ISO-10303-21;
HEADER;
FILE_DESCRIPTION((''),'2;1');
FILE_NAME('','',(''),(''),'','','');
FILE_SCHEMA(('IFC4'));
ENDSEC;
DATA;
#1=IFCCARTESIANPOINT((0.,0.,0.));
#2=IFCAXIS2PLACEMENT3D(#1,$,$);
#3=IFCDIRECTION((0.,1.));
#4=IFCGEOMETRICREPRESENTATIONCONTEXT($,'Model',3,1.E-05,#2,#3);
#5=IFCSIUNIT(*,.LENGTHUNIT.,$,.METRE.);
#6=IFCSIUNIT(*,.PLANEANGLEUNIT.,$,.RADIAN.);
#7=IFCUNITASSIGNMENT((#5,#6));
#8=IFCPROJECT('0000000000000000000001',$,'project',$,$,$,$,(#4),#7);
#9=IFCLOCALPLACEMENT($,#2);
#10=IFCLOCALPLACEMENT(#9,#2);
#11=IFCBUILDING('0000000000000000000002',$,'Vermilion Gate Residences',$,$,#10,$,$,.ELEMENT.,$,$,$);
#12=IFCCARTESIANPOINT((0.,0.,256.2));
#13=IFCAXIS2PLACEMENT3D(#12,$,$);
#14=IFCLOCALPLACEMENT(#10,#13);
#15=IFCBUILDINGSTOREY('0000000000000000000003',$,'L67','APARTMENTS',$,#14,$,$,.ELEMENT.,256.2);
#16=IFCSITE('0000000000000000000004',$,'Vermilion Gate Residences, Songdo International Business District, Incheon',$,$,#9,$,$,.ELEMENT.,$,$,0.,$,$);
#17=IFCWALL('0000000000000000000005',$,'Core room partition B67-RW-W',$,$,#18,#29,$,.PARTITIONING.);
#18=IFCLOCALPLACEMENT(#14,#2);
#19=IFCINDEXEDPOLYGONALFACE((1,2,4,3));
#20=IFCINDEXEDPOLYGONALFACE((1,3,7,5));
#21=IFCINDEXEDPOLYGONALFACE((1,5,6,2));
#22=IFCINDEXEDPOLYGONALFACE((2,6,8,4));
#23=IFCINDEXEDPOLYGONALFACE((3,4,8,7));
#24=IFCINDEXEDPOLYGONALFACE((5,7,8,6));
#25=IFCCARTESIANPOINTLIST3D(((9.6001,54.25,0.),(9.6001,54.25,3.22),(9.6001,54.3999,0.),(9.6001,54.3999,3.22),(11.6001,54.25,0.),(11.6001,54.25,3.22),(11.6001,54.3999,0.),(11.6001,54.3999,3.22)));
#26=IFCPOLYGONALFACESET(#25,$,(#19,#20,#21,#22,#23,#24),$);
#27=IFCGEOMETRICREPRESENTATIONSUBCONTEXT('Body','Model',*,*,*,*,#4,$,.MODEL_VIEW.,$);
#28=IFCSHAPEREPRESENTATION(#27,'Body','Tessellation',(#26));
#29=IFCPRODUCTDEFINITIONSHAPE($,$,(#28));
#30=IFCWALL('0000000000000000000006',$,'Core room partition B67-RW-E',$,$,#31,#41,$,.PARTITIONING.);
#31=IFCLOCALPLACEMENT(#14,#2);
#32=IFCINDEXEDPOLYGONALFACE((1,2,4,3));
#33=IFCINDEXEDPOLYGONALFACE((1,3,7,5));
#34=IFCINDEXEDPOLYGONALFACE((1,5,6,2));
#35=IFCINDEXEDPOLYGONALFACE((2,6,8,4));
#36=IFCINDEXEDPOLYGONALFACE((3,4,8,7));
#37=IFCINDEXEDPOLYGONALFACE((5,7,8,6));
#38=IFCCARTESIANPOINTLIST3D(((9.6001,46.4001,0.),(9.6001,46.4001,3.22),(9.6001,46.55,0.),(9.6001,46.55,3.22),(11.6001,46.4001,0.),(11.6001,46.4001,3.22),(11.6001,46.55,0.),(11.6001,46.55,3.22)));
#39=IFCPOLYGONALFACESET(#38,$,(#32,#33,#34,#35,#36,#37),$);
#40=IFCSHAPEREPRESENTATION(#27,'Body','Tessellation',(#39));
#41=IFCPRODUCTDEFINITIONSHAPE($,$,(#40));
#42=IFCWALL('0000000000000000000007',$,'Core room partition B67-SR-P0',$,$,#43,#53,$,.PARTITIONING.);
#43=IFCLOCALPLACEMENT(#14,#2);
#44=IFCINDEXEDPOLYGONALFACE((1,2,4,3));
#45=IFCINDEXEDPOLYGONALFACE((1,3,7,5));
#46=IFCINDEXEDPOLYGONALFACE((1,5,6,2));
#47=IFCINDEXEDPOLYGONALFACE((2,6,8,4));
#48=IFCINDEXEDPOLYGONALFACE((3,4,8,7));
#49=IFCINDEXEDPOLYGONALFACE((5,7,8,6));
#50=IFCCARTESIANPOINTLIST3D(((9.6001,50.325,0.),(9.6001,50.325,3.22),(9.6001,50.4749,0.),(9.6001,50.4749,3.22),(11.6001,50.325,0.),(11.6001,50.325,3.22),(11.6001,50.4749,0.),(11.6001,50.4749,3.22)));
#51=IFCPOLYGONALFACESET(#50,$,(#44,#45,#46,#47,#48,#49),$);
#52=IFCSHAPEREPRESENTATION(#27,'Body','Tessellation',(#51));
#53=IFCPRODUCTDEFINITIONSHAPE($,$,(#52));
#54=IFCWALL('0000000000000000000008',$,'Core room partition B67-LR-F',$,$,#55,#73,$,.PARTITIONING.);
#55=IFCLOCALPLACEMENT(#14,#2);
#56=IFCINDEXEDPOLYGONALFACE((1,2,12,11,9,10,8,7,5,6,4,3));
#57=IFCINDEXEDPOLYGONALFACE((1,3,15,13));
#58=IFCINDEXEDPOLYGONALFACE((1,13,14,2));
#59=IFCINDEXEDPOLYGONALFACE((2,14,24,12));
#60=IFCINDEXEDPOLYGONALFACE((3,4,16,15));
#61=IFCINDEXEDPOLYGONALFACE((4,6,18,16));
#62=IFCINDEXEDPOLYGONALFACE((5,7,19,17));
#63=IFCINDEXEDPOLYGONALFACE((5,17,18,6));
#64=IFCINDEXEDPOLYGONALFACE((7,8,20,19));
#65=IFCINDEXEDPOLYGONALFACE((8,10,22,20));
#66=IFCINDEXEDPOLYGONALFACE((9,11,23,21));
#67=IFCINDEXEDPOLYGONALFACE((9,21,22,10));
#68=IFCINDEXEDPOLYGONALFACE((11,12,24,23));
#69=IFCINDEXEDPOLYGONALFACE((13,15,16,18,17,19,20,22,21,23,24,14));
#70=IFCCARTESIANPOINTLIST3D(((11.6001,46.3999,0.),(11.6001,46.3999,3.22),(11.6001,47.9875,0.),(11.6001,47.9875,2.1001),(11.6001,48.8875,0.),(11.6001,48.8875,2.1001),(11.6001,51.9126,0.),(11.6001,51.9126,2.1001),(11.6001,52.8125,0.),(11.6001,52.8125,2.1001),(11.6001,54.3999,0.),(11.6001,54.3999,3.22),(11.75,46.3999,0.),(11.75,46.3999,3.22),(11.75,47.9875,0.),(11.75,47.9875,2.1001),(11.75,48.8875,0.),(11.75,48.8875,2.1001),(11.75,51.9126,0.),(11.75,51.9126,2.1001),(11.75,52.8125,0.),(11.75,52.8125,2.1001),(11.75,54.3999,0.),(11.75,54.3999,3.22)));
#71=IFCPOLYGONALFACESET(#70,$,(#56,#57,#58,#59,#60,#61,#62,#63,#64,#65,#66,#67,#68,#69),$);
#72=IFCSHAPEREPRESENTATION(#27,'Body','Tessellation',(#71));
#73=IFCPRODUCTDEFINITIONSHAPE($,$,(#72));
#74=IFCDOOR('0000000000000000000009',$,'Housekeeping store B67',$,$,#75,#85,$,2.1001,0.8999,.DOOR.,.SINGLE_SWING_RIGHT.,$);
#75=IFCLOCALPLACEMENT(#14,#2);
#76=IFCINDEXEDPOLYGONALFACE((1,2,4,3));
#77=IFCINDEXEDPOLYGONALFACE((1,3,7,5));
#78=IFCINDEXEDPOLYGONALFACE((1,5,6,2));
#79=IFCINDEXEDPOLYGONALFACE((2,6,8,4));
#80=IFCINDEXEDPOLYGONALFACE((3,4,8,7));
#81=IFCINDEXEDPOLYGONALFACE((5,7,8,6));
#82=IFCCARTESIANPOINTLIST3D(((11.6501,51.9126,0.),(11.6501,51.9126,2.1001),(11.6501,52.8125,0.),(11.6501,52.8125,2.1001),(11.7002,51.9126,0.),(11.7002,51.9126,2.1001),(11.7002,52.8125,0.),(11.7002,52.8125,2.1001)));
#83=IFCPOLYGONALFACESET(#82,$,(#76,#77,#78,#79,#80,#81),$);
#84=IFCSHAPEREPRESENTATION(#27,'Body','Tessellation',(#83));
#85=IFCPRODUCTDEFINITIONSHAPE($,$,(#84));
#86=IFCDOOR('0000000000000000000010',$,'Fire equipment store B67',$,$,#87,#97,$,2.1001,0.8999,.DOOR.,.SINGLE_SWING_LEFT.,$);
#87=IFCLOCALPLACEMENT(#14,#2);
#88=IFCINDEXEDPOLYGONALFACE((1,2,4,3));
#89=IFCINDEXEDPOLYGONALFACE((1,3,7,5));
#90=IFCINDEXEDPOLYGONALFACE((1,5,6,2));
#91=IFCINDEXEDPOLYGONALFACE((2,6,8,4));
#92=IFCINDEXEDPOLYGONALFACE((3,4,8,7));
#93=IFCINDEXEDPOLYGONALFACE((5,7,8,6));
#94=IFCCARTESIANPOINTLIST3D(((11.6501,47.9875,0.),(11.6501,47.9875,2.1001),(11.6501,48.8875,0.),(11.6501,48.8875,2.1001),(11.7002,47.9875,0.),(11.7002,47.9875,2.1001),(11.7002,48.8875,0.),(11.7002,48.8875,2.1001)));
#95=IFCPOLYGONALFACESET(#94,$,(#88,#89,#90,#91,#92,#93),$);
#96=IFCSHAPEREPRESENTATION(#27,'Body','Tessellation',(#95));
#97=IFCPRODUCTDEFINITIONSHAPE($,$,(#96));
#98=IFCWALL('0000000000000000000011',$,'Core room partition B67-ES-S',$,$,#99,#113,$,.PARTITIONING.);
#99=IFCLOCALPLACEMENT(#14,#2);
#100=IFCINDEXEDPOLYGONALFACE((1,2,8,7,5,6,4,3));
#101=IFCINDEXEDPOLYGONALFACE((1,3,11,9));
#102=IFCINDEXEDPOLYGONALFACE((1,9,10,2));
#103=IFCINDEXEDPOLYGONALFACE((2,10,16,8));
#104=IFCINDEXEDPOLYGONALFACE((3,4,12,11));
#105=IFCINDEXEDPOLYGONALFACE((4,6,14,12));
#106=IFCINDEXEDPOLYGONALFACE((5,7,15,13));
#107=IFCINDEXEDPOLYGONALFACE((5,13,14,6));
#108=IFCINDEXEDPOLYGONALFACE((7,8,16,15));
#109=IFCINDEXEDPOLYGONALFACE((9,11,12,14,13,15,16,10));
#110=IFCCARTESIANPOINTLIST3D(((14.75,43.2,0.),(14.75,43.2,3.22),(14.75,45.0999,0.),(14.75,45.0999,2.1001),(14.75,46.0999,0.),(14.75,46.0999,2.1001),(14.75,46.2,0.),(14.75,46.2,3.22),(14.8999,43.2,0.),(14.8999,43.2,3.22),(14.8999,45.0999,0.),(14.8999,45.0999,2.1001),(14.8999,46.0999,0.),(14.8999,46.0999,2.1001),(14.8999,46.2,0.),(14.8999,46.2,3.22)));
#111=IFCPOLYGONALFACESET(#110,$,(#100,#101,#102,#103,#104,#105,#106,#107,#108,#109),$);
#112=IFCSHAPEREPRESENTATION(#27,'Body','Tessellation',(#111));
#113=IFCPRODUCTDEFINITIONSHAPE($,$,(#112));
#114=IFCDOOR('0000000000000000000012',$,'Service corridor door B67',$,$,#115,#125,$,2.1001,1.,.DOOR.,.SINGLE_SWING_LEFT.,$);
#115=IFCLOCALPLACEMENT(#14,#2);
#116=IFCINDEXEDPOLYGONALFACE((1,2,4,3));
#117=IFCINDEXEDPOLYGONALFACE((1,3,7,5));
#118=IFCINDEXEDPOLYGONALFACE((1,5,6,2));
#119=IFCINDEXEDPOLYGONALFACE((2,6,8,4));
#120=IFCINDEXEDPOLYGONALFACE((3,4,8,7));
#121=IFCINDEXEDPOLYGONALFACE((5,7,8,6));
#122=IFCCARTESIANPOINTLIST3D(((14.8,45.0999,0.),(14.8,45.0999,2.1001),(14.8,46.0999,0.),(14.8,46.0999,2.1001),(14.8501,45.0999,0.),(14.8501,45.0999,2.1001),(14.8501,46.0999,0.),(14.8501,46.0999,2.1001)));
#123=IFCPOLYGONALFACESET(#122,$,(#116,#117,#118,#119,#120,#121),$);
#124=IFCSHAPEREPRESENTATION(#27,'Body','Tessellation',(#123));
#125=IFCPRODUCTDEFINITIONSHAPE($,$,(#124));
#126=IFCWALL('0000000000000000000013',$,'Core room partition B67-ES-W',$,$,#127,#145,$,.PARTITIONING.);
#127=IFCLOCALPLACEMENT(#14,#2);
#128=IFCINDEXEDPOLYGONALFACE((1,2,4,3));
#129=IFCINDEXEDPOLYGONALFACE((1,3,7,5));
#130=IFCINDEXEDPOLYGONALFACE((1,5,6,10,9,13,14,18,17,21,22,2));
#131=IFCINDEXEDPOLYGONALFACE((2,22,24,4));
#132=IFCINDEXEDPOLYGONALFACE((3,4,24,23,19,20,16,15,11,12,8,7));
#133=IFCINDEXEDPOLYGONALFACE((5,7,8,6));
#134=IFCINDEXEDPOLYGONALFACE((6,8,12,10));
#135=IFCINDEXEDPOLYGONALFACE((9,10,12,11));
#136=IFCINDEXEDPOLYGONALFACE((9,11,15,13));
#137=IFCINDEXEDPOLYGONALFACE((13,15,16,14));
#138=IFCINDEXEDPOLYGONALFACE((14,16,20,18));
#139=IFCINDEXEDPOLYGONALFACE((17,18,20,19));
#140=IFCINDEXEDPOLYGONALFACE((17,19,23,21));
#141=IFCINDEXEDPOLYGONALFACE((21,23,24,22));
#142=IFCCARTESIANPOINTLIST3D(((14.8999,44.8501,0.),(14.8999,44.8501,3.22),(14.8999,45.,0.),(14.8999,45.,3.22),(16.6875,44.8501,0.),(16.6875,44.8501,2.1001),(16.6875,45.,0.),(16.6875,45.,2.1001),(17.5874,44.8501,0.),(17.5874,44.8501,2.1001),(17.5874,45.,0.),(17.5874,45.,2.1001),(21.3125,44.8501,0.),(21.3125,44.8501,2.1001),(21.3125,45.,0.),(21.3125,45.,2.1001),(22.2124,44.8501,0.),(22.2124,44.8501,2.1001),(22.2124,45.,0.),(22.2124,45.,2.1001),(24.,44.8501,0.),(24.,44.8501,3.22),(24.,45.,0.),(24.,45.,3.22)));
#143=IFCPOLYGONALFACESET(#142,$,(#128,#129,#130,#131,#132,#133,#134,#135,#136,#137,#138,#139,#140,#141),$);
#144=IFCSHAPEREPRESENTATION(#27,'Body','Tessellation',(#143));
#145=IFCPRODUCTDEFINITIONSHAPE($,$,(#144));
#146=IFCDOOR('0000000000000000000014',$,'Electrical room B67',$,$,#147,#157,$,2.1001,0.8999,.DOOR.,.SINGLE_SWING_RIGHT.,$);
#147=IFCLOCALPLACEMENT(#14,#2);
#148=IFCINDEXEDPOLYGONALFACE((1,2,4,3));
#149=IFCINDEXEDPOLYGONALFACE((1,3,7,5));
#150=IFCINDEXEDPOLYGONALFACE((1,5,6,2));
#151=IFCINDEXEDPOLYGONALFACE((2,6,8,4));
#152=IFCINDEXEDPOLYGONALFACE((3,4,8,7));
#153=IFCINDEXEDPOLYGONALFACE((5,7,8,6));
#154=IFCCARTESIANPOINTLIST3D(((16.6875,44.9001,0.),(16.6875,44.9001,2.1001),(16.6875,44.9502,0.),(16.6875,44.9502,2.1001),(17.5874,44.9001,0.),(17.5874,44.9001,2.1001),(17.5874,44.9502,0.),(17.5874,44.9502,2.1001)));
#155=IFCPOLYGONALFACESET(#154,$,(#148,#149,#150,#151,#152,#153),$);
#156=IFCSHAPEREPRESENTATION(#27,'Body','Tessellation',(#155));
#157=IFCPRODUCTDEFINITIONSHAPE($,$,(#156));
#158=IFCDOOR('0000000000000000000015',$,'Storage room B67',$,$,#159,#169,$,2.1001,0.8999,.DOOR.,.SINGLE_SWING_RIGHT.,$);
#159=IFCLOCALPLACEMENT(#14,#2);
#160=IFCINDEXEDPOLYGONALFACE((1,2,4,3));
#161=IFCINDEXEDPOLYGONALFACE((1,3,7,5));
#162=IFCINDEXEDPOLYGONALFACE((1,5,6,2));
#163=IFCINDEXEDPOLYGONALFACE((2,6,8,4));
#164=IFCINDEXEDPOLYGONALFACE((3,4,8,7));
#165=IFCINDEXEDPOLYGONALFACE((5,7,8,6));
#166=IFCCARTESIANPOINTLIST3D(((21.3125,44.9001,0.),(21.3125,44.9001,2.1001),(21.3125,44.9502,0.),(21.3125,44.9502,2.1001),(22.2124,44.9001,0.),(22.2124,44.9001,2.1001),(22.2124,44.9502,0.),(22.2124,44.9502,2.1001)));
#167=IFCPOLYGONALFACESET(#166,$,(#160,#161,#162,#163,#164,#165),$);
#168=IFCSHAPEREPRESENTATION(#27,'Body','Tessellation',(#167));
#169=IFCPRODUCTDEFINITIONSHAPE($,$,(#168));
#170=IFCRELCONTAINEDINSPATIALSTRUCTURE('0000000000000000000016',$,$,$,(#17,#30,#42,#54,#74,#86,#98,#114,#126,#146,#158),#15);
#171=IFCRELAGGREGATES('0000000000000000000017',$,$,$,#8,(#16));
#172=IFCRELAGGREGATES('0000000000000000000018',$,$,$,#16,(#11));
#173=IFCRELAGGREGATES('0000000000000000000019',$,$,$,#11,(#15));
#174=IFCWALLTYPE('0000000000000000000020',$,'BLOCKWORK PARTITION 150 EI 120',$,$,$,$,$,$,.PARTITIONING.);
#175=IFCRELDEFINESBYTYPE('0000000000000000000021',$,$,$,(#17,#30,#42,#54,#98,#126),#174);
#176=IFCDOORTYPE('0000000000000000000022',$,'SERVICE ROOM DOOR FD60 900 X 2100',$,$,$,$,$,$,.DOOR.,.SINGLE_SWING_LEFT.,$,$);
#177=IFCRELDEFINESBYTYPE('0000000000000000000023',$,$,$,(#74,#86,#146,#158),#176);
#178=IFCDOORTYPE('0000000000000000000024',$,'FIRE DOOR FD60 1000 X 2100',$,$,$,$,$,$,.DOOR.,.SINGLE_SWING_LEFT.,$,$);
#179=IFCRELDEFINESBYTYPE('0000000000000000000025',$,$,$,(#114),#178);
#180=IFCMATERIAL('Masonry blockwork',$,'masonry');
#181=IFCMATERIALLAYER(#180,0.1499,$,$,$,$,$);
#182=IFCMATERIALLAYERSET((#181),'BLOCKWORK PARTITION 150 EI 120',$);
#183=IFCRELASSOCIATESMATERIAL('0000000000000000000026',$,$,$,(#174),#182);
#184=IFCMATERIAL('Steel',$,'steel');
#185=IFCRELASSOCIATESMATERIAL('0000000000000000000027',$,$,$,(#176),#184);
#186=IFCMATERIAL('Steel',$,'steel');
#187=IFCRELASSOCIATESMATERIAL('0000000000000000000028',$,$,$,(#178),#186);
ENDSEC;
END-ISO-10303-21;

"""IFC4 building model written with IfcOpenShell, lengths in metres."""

from ifc_helpers import new_model, si_unit, direction, frame, frame_2d, origin, place, context, subcontext, project, spatial, rectangle, extrude, material, layer, layer_set, type_object, element, fill, save


model = new_model("IFC4")

# Units and contexts
model_context = context("Model", 3, precision=1e-05, world=origin(), true_north=direction((0.0, 1.0)))
body_context = subcontext(model_context, "Body", "Model", "MODEL_VIEW")
ifc_project = project(units=[si_unit("LENGTHUNIT", "METRE"), si_unit("PLANEANGLEUNIT", "RADIAN")], contexts=[model_context])

# Site, building, storey
site_placement = place(None, origin())
site = spatial("IfcSite", under=ifc_project, at=site_placement, Name="Vermilion Gate Residences, Songdo International Business District, Incheon", CompositionType="ELEMENT", RefElevation=0.0)
building_placement = place(site_placement, origin())
building = spatial("IfcBuilding", under=site, at=building_placement, Name="Vermilion Gate Residences", CompositionType="ELEMENT")
storey_placement = place(building_placement, frame((0.0, 0.0, 256.2)))
storey = spatial("IfcBuildingStorey", under=building, at=storey_placement, Name="L67", Description="APARTMENTS", CompositionType="ELEMENT", Elevation=256.2)

# Walls
ifc_material_1 = material(Name="Masonry blockwork", Category="masonry")
ifc_layer_1 = layer(ifc_material_1, 0.1499)
ifc_layer_set_1 = layer_set([ifc_layer_1], Name="BLOCKWORK PARTITION 150 EI 120")
wall_type_1 = type_object("IfcWallType", Name="BLOCKWORK PARTITION 150 EI 120", PredefinedType="PARTITIONING", material=ifc_layer_set_1)
for number, where, z_axis, x_axis, name in (
    (1, (9.6001, 54.325, 0.0), (0.0, 0.0, 1.0), (1.0, 0.0, 0.0), "Core room partition B67-RW-W"),
    (2, (9.6001, 46.4751, 0.0), (0.0, 0.0, 1.0), (1.0, 0.0, 0.0), "Core room partition B67-RW-E"),
    (3, (9.6001, 50.3999, 0.0), (0.0, 0.0, 1.0), (1.0, 0.0, 0.0), "Core room partition B67-SR-P0"),
):
    element("IfcWall", number, at=place(storey_placement, frame(where, z_axis=z_axis, x_axis=x_axis)), inside=storey, type_object=wall_type_1, Name=name, PredefinedType="PARTITIONING", context=body_context, shape_type="SweptSolid", body=[
        extrude(rectangle(XDim=2.0, YDim=0.1499, at=frame_2d((1.0, 0.0))), origin(), (0.0, 0.0, 1.0), 3.22),
    ])

# Wall, openings, doors
wall_1_placement = place(storey_placement, frame((11.675, 54.3999, 0.0), z_axis=(0.0, 0.0, 1.0), x_axis=(0.0, -1.0, 0.0)))
wall_1 = element("IfcWall", 4, at=wall_1_placement, inside=storey, type_object=wall_type_1, Name="Core room partition B67-LR-F", PredefinedType="PARTITIONING", context=body_context, shape_type="SweptSolid", body=[
    extrude(rectangle(XDim=8.0, YDim=0.1499, at=frame_2d((4.0, 0.0))), origin(), (0.0, 0.0, 1.0), 3.22),
])
opening_1_placement = place(wall_1_placement, frame((1.5874, 0.0, 0.0)))
opening_1 = element("IfcOpeningElement", 5, at=opening_1_placement, cuts=wall_1, PredefinedType="OPENING", context=body_context, shape_type="SweptSolid", body=[
    extrude(rectangle(XDim=0.8999, YDim=2.1001, at=frame_2d((0.45, 1.05))), frame((0.0, 0.085, 0.0), z_axis=(0.0, -1.0, 0.0), x_axis=(1.0, 0.0, 0.0)), (0.0, 0.0, 1.0), 0.1699),
])
opening_2_placement = place(wall_1_placement, frame((5.5125, 0.0, 0.0)))
opening_2 = element("IfcOpeningElement", 6, at=opening_2_placement, cuts=wall_1, PredefinedType="OPENING", context=body_context, shape_type="SweptSolid", body=[
    extrude(rectangle(XDim=0.8999, YDim=2.1001, at=frame_2d((0.45, 1.05))), frame((0.0, 0.085, 0.0), z_axis=(0.0, -1.0, 0.0), x_axis=(1.0, 0.0, 0.0)), (0.0, 0.0, 1.0), 0.1699),
])
ifc_material_2 = material(Name="Steel", Category="steel")
door_type_1 = type_object("IfcDoorType", Name="SERVICE ROOM DOOR FD60 900 X 2100", OperationType="SINGLE_SWING_LEFT", PredefinedType="DOOR", material=ifc_material_2)
door_1_placement = place(opening_1_placement, frame((0.8999, 0.0, 0.0), z_axis=(0.0, 0.0, 1.0), x_axis=(-1.0, 0.0, 0.0)))
door_1 = element("IfcDoor", 7, at=door_1_placement, inside=storey, type_object=door_type_1, Name="Housekeeping store B67", OperationType="SINGLE_SWING_RIGHT", OverallHeight=2.1001, OverallWidth=0.8999, PredefinedType="DOOR", context=body_context, shape_type="SweptSolid", body=[
    extrude(rectangle(XDim=0.8999, YDim=2.1001, at=frame_2d((0.45, 1.05))), frame((0.0, 0.0249, 0.0), z_axis=(0.0, -1.0, 0.0), x_axis=(1.0, 0.0, 0.0)), (0.0, 0.0, 1.0), 0.05),
])
fill(opening_1, door_1)
door_2_placement = place(opening_2_placement, frame((0.8999, 0.0, 0.0), z_axis=(0.0, 0.0, 1.0), x_axis=(-1.0, 0.0, 0.0)))
door_2 = element("IfcDoor", 8, at=door_2_placement, inside=storey, type_object=door_type_1, Name="Fire equipment store B67", OperationType="SINGLE_SWING_LEFT", OverallHeight=2.1001, OverallWidth=0.8999, PredefinedType="DOOR", context=body_context, shape_type="SweptSolid", body=[
    extrude(rectangle(XDim=0.8999, YDim=2.1001, at=frame_2d((0.45, 1.05))), frame((0.0, 0.0249, 0.0), z_axis=(0.0, -1.0, 0.0), x_axis=(1.0, 0.0, 0.0)), (0.0, 0.0, 1.0), 0.05),
])
fill(opening_2, door_2)

# Wall, opening, door
wall_2_placement = place(storey_placement, frame((14.825, 46.2, 0.0), z_axis=(0.0, 0.0, 1.0), x_axis=(0.0, -1.0, 0.0)))
wall_2 = element("IfcWall", 9, at=wall_2_placement, inside=storey, type_object=wall_type_1, Name="Core room partition B67-ES-S", PredefinedType="PARTITIONING", context=body_context, shape_type="SweptSolid", body=[
    extrude(rectangle(XDim=3.0, YDim=0.1499, at=frame_2d((1.5, 0.0))), origin(), (0.0, 0.0, 1.0), 3.22),
])
opening_3_placement = place(wall_2_placement, frame((0.1001, 0.0, 0.0)))
opening_3 = element("IfcOpeningElement", 10, at=opening_3_placement, cuts=wall_2, PredefinedType="OPENING", context=body_context, shape_type="SweptSolid", body=[
    extrude(rectangle(XDim=1.0, YDim=2.1001, at=frame_2d((0.5, 1.05))), frame((0.0, 0.085, 0.0), z_axis=(0.0, -1.0, 0.0), x_axis=(1.0, 0.0, 0.0)), (0.0, 0.0, 1.0), 0.1699),
])
ifc_material_3 = material(Name="Steel", Category="steel")
door_type_2 = type_object("IfcDoorType", Name="FIRE DOOR FD60 1000 X 2100", OperationType="SINGLE_SWING_LEFT", PredefinedType="DOOR", material=ifc_material_3)
door_3_placement = place(opening_3_placement, frame((1.0, 0.0, 0.0), z_axis=(0.0, 0.0, 1.0), x_axis=(-1.0, 0.0, 0.0)))
door_3 = element("IfcDoor", 11, at=door_3_placement, inside=storey, type_object=door_type_2, Name="Service corridor door B67", OperationType="SINGLE_SWING_LEFT", OverallHeight=2.1001, OverallWidth=1.0, PredefinedType="DOOR", context=body_context, shape_type="SweptSolid", body=[
    extrude(rectangle(XDim=1.0, YDim=2.1001, at=frame_2d((0.5, 1.05))), frame((0.0, 0.0249, 0.0), z_axis=(0.0, -1.0, 0.0), x_axis=(1.0, 0.0, 0.0)), (0.0, 0.0, 1.0), 0.05),
])
fill(opening_3, door_3)

# Wall, openings, doors
wall_3_placement = place(storey_placement, frame((14.8999, 44.925, 0.0), z_axis=(0.0, 0.0, 1.0), x_axis=(1.0, 0.0, 0.0)))
wall_3 = element("IfcWall", 12, at=wall_3_placement, inside=storey, type_object=wall_type_1, Name="Core room partition B67-ES-W", PredefinedType="PARTITIONING", context=body_context, shape_type="SweptSolid", body=[
    extrude(rectangle(XDim=9.1001, YDim=0.1499, at=frame_2d((4.55, 0.0))), origin(), (0.0, 0.0, 1.0), 3.22),
])
opening_4_placement = place(wall_3_placement, frame((1.7876, 0.0, 0.0)))
opening_4 = element("IfcOpeningElement", 13, at=opening_4_placement, cuts=wall_3, PredefinedType="OPENING", context=body_context, shape_type="SweptSolid", body=[
    extrude(rectangle(XDim=0.8999, YDim=2.1001, at=frame_2d((0.45, 1.05))), frame((0.0, 0.085, 0.0), z_axis=(0.0, -1.0, 0.0), x_axis=(1.0, 0.0, 0.0)), (0.0, 0.0, 1.0), 0.1699),
])
opening_5_placement = place(wall_3_placement, frame((6.4126, 0.0, 0.0)))
opening_5 = element("IfcOpeningElement", 14, at=opening_5_placement, cuts=wall_3, PredefinedType="OPENING", context=body_context, shape_type="SweptSolid", body=[
    extrude(rectangle(XDim=0.8999, YDim=2.1001, at=frame_2d((0.45, 1.05))), frame((0.0, 0.085, 0.0), z_axis=(0.0, -1.0, 0.0), x_axis=(1.0, 0.0, 0.0)), (0.0, 0.0, 1.0), 0.1699),
])
door_4_placement = place(opening_4_placement, frame((0.8999, 0.0, 0.0), z_axis=(0.0, 0.0, 1.0), x_axis=(-1.0, 0.0, 0.0)))
door_4 = element("IfcDoor", 15, at=door_4_placement, inside=storey, type_object=door_type_1, Name="Electrical room B67", OperationType="SINGLE_SWING_RIGHT", OverallHeight=2.1001, OverallWidth=0.8999, PredefinedType="DOOR", context=body_context, shape_type="SweptSolid", body=[
    extrude(rectangle(XDim=0.8999, YDim=2.1001, at=frame_2d((0.45, 1.05))), frame((0.0, 0.0249, 0.0), z_axis=(0.0, -1.0, 0.0), x_axis=(1.0, 0.0, 0.0)), (0.0, 0.0, 1.0), 0.05),
])
fill(opening_4, door_4)
door_5_placement = place(opening_5_placement, frame((0.8999, 0.0, 0.0), z_axis=(0.0, 0.0, 1.0), x_axis=(-1.0, 0.0, 0.0)))
door_5 = element("IfcDoor", 16, at=door_5_placement, inside=storey, type_object=door_type_1, Name="Storage room B67", OperationType="SINGLE_SWING_RIGHT", OverallHeight=2.1001, OverallWidth=0.8999, PredefinedType="DOOR", context=body_context, shape_type="SweptSolid", body=[
    extrude(rectangle(XDim=0.8999, YDim=2.1001, at=frame_2d((0.45, 1.05))), frame((0.0, 0.0249, 0.0), z_axis=(0.0, -1.0, 0.0), x_axis=(1.0, 0.0, 0.0)), (0.0, 0.0, 1.0), 0.05),
])
fill(opening_5, door_5)

save(model, "model.ifc")
